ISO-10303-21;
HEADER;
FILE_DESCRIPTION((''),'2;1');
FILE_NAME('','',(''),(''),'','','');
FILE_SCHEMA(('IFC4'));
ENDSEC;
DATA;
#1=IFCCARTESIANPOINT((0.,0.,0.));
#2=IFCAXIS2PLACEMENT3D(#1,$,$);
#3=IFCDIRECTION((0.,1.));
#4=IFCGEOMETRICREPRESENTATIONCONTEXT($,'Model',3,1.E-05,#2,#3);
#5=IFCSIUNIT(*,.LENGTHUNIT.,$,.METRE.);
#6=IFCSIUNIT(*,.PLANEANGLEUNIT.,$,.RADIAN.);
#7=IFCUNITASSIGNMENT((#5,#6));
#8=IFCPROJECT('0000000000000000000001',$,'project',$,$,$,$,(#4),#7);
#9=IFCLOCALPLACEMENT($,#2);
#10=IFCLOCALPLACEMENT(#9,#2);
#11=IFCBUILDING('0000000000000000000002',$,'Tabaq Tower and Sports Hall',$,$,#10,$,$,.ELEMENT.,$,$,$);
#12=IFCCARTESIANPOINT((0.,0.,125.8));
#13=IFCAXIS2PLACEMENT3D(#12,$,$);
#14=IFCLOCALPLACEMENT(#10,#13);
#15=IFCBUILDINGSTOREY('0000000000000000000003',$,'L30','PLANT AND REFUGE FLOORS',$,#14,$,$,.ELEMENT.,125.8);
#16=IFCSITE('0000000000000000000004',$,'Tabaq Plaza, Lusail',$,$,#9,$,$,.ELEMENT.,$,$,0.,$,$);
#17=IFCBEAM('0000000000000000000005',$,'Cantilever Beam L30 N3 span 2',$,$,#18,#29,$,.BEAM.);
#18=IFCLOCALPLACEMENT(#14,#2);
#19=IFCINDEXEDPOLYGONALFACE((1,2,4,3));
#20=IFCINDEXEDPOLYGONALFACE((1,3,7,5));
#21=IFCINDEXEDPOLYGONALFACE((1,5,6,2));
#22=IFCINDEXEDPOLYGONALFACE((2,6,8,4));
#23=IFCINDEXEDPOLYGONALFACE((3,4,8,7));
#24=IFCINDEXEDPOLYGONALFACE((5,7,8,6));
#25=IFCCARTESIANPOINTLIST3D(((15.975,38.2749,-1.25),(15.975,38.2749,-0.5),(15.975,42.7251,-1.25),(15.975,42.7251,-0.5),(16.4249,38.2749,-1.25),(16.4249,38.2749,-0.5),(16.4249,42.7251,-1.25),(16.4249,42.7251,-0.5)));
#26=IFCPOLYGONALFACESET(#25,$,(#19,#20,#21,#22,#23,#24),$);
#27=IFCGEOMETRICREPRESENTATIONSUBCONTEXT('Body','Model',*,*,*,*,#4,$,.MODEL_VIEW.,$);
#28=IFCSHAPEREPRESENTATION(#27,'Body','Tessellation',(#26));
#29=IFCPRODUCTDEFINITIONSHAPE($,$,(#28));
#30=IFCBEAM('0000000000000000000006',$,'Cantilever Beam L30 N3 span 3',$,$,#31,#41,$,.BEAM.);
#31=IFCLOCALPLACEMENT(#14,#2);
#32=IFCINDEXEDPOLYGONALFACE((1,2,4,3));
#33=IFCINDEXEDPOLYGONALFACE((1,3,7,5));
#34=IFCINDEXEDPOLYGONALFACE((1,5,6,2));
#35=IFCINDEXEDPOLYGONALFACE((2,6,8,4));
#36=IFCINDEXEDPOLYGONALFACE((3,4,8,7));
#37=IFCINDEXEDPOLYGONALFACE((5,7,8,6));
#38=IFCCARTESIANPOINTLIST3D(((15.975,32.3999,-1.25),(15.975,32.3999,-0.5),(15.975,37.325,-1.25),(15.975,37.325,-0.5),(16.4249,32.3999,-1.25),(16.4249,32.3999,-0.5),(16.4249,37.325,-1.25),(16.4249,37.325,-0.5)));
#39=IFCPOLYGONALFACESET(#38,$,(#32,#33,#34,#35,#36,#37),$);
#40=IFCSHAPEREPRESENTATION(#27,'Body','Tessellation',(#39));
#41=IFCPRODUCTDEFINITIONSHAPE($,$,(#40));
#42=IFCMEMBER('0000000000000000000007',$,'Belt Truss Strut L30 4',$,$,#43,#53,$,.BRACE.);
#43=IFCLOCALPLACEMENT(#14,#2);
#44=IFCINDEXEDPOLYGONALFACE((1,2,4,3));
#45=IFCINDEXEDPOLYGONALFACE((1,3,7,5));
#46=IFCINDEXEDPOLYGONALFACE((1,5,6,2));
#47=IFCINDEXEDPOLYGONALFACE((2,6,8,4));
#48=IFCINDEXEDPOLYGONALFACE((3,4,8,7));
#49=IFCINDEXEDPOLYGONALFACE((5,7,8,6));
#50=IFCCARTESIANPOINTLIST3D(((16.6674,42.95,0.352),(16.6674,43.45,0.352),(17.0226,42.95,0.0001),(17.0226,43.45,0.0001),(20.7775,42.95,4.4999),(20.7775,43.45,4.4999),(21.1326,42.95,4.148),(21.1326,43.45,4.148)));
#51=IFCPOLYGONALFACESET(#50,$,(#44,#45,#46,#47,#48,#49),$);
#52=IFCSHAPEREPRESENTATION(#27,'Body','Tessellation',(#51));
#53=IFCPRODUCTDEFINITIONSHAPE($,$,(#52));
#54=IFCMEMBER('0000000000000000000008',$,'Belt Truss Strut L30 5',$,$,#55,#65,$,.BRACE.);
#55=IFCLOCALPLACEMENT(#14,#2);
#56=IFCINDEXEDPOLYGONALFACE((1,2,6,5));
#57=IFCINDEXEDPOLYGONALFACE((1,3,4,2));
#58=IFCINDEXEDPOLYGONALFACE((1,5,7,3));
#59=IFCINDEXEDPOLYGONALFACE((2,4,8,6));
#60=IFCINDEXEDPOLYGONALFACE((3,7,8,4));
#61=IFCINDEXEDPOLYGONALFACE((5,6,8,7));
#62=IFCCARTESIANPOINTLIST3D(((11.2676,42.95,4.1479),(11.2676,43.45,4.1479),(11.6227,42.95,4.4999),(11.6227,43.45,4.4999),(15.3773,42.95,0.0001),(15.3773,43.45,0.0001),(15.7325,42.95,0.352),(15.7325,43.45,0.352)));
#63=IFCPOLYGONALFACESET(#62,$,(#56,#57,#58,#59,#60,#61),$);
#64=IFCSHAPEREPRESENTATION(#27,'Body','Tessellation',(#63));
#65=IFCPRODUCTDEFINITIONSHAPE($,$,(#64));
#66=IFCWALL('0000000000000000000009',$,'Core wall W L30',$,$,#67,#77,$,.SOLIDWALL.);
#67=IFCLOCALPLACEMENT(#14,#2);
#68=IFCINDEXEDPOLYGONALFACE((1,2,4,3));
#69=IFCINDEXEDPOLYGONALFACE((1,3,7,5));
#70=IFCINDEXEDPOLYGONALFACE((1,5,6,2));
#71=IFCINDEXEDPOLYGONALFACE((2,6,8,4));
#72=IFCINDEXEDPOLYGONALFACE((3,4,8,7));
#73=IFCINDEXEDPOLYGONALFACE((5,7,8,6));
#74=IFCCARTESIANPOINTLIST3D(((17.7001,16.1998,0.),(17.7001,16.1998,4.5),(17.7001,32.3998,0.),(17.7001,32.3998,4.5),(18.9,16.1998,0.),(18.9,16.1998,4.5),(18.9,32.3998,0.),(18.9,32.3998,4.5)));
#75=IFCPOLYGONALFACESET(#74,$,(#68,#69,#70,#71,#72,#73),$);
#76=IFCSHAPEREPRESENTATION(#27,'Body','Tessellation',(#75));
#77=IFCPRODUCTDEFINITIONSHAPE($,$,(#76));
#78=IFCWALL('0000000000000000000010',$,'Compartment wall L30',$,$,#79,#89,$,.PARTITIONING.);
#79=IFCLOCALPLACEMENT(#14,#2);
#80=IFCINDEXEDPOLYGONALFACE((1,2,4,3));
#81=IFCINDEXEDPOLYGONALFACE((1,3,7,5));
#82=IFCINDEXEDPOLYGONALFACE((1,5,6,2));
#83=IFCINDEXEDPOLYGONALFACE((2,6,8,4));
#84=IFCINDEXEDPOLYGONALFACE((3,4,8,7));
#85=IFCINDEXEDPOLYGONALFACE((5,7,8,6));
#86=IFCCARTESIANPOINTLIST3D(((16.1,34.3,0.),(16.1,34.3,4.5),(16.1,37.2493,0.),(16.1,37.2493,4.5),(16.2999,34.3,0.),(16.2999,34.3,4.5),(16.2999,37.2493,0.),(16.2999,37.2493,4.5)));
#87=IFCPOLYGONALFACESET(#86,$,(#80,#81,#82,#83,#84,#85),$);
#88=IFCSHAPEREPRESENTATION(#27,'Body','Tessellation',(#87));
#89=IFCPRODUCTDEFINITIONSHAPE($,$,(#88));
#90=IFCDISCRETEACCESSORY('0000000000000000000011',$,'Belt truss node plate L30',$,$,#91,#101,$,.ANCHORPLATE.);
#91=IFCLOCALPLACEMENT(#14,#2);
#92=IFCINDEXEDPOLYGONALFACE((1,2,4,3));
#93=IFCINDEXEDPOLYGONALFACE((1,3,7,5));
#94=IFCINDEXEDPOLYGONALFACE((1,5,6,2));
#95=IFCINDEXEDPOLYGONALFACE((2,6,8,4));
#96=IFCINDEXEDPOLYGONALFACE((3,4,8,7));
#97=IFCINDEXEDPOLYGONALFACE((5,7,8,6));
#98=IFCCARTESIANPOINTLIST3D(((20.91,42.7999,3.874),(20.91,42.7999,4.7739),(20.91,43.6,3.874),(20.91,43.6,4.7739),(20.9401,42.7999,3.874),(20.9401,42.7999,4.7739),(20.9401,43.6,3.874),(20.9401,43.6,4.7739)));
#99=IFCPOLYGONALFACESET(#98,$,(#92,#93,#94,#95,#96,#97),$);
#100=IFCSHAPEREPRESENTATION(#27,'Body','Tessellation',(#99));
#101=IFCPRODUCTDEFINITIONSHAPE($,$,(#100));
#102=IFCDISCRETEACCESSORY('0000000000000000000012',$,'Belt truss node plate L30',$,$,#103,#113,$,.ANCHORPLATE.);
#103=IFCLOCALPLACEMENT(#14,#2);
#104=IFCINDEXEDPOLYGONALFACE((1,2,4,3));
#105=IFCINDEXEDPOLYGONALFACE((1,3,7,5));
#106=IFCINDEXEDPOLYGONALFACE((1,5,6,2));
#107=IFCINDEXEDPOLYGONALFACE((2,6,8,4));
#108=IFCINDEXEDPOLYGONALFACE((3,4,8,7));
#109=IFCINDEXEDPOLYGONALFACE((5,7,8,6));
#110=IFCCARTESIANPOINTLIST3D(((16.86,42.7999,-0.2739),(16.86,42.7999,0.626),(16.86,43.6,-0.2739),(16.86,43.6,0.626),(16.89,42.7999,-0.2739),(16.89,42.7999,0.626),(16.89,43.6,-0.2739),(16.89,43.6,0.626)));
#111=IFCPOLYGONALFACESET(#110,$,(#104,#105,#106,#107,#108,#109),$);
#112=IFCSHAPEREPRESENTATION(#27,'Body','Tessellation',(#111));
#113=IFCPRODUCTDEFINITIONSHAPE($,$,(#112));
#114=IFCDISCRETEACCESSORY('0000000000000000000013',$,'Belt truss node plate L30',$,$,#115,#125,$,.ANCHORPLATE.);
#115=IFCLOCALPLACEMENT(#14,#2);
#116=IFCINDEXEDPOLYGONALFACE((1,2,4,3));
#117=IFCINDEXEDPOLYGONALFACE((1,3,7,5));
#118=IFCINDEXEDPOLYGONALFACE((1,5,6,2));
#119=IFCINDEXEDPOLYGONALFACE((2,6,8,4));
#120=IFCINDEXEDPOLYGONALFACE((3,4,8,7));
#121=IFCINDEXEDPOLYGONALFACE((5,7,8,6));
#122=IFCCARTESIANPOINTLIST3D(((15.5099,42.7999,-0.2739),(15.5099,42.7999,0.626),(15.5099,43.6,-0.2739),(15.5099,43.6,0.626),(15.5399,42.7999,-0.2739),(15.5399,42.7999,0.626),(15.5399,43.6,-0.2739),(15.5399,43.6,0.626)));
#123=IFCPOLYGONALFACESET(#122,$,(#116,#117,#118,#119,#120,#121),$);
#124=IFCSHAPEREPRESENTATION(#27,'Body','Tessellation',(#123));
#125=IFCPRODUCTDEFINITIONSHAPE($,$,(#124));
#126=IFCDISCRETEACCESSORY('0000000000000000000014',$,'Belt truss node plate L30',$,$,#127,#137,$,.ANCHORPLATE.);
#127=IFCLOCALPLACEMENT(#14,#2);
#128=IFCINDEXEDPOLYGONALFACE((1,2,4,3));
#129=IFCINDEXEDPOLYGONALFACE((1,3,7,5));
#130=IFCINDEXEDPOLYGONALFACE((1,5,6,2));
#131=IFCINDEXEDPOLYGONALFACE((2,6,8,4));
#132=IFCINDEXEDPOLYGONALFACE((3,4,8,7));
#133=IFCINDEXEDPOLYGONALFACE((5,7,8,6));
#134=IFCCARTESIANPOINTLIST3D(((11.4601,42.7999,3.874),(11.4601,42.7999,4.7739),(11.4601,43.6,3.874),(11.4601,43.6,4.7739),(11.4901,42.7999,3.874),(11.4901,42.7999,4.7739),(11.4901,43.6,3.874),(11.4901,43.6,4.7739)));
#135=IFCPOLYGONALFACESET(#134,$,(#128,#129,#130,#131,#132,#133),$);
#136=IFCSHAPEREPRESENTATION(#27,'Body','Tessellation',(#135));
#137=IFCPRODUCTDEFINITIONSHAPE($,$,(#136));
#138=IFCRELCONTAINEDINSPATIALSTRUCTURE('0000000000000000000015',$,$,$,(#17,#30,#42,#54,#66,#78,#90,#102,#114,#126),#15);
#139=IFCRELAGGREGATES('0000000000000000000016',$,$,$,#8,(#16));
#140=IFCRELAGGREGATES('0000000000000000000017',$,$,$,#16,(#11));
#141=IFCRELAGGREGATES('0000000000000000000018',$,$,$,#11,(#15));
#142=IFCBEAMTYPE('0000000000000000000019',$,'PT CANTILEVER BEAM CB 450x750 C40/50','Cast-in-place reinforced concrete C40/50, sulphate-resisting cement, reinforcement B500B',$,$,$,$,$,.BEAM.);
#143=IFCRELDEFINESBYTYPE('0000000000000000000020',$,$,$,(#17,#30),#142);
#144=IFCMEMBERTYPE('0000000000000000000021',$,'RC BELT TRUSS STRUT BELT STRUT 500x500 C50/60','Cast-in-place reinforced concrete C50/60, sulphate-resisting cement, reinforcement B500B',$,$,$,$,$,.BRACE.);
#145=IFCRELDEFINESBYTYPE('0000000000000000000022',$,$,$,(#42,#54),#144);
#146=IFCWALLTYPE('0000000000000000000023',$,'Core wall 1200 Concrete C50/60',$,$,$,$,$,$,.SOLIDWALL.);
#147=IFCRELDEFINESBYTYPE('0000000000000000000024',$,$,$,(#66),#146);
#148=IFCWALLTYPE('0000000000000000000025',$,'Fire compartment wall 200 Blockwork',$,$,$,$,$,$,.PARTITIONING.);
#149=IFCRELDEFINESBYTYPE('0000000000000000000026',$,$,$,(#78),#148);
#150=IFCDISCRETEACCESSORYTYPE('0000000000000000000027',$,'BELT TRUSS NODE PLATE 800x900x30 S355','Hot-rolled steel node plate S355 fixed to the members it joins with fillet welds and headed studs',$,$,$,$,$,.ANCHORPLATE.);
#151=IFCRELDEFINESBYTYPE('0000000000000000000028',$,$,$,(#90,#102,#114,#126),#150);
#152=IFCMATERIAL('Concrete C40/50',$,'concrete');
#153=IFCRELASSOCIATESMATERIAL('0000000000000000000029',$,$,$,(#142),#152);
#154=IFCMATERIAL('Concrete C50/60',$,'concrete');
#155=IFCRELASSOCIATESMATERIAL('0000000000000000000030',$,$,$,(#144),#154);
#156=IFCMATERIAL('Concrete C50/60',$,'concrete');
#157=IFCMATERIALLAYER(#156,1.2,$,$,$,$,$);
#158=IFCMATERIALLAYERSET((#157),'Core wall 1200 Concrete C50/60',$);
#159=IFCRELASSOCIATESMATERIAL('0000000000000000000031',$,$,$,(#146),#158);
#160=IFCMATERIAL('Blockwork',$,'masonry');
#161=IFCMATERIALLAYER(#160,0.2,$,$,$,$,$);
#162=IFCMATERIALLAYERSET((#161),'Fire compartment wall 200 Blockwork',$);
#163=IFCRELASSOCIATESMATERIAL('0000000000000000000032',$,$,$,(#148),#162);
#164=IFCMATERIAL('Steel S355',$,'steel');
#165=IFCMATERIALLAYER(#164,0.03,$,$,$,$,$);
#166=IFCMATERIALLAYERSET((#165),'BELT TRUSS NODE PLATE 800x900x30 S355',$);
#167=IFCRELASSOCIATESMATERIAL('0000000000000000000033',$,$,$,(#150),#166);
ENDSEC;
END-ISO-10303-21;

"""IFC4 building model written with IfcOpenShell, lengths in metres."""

from ifc_helpers import new_model, si_unit, direction, frame, frame_2d, origin, origin_2d, place, context, subcontext, project, spatial, rectangle, extrude, material, layer, layer_set, material_profile, profile_set, type_object, element, save


model = new_model("IFC4")

# Units and contexts
model_context = context("Model", 3, precision=1e-05, world=origin(), true_north=direction((0.0, 1.0)))
body_context = subcontext(model_context, "Body", "Model", "MODEL_VIEW")
ifc_project = project(units=[si_unit("LENGTHUNIT", "METRE"), si_unit("PLANEANGLEUNIT", "RADIAN")], contexts=[model_context])

# Site, building, storey
site_placement = place(None, origin())
site = spatial("IfcSite", under=ifc_project, at=site_placement, Name="Tabaq Plaza, Lusail", CompositionType="ELEMENT", RefElevation=0.0)
building_placement = place(site_placement, origin())
building = spatial("IfcBuilding", under=site, at=building_placement, Name="Tabaq Tower and Sports Hall", CompositionType="ELEMENT")
storey_placement = place(building_placement, frame((0.0, 0.0, 125.8)))
storey = spatial("IfcBuildingStorey", under=building, at=storey_placement, Name="L30", Description="PLANT AND REFUGE FLOORS", CompositionType="ELEMENT", Elevation=125.8)

# Beams
ifc_material_1 = material(Name="Concrete C40/50", Category="concrete")
ifc_material_profile_1 = material_profile(ifc_material_1, rectangle(XDim=0.45, YDim=0.75, at=origin_2d()), Name="CB 450x750")
ifc_profile_set_1 = profile_set([ifc_material_profile_1], Name="Concrete C40/50")
beam_type = type_object("IfcBeamType", Name="PT CANTILEVER BEAM CB 450x750 C40/50", Description="Cast-in-place reinforced concrete C40/50, sulphate-resisting cement, reinforcement B500B", PredefinedType="BEAM", material=ifc_profile_set_1)
beam_1_placement = place(storey_placement, frame((16.2, 42.7251, -0.875), z_axis=(0.0, -1.0, 0.0), x_axis=(1.0, 0.0, 0.0)))
element("IfcBeam", 1, at=beam_1_placement, inside=storey, type_object=beam_type, Name="Cantilever Beam L30 N3 span 2", PredefinedType="BEAM", context=body_context, shape_type="SweptSolid", body=[
    extrude(rectangle(XDim=0.45, YDim=0.75, at=origin_2d()), origin(), (0.0, 0.0, 1.0), 4.4502),
])
beam_2_placement = place(storey_placement, frame((16.2, 37.325, -0.875), z_axis=(0.0, -1.0, 0.0), x_axis=(1.0, 0.0, 0.0)))
element("IfcBeam", 2, at=beam_2_placement, inside=storey, type_object=beam_type, Name="Cantilever Beam L30 N3 span 3", PredefinedType="BEAM", context=body_context, shape_type="SweptSolid", body=[
    extrude(rectangle(XDim=0.45, YDim=0.75, at=origin_2d()), origin(), (0.0, 0.0, 1.0), 4.925),
])

# Members
ifc_material_2 = material(Name="Concrete C50/60", Category="concrete")
ifc_material_profile_2 = material_profile(ifc_material_2, rectangle(XDim=0.5, YDim=0.5, at=origin_2d()), Name="BELT STRUT 500x500")
ifc_profile_set_2 = profile_set([ifc_material_profile_2], Name="Concrete C50/60")
member_type_1 = type_object("IfcMemberType", Name="RC BELT TRUSS STRUT BELT STRUT 500x500 C50/60", Description="Cast-in-place reinforced concrete C50/60, sulphate-resisting cement, reinforcement B500B", PredefinedType="BRACE", material=ifc_profile_set_2)
member_1_placement = place(storey_placement, frame((16.845, 43.2, 0.176), z_axis=(0.703859, 0.0, 0.71034), x_axis=(0.0, 1.0, 0.0)))
element("IfcMember", 3, at=member_1_placement, inside=storey, type_object=member_type_1, Name="Belt Truss Strut L30 4", PredefinedType="BRACE", context=body_context, shape_type="SweptSolid", body=[
    extrude(rectangle(XDim=0.5, YDim=0.5, at=origin_2d()), origin(), (0.0, 0.0, 1.0), 5.8394),
])
member_2_placement = place(storey_placement, frame((15.5549, 43.2, 0.176), z_axis=(-0.703838, 0.0, 0.71036), x_axis=(0.0, -1.0, 0.0)))
element("IfcMember", 4, at=member_2_placement, inside=storey, type_object=member_type_1, Name="Belt Truss Strut L30 5", PredefinedType="BRACE", context=body_context, shape_type="SweptSolid", body=[
    extrude(rectangle(XDim=0.5, YDim=0.5, at=origin_2d()), origin(), (0.0, 0.0, 1.0), 5.8391),
])

# Wall
ifc_material_3 = material(Name="Concrete C50/60", Category="concrete")
ifc_layer_1 = layer(ifc_material_3, 1.2)
ifc_layer_set_1 = layer_set([ifc_layer_1], Name="Core wall 1200 Concrete C50/60")
wall_type_1 = type_object("IfcWallType", Name="Core wall 1200 Concrete C50/60", PredefinedType="SOLIDWALL", material=ifc_layer_set_1)
wall_1_placement = place(storey_placement, frame((18.3, 32.3999, 0.0), z_axis=(0.0, 0.0, 1.0), x_axis=(0.0, -1.0, 0.0)))
element("IfcWall", 5, at=wall_1_placement, inside=storey, type_object=wall_type_1, Name="Core wall W L30", PredefinedType="SOLIDWALL", context=body_context, shape_type="SweptSolid", body=[
    extrude(rectangle(XDim=16.2, YDim=1.2, at=frame_2d((8.1001, 0.0))), origin(), (0.0, 0.0, 1.0), 4.5),
])

# Shared definitions
ifc_material_4 = material(Name="Blockwork", Category="masonry")
ifc_layer_2 = layer(ifc_material_4, 0.2)
ifc_layer_set_2 = layer_set([ifc_layer_2], Name="Fire compartment wall 200 Blockwork")
wall_type_2 = type_object("IfcWallType", Name="Fire compartment wall 200 Blockwork", PredefinedType="PARTITIONING", material=ifc_layer_set_2)

# Wall
wall_2_placement = place(storey_placement, frame((16.2, 37.2493, 0.0), z_axis=(0.0, 0.0, 1.0), x_axis=(0.0, -1.0, 0.0)))
element("IfcWall", 6, at=wall_2_placement, inside=storey, type_object=wall_type_2, Name="Compartment wall L30", PredefinedType="PARTITIONING", context=body_context, shape_type="SweptSolid", body=[
    extrude(rectangle(XDim=2.9492, YDim=0.2, at=frame_2d((1.4746, 0.0))), origin(), (0.0, 0.0, 1.0), 4.5),
])

# Discrete accessories
ifc_material_5 = material(Name="Steel S355", Category="steel")
ifc_layer_3 = layer(ifc_material_5, 0.03)
ifc_layer_set_3 = layer_set([ifc_layer_3], Name="BELT TRUSS NODE PLATE 800x900x30 S355")
discrete_accessory_type = type_object("IfcDiscreteAccessoryType", Name="BELT TRUSS NODE PLATE 800x900x30 S355", Description="Hot-rolled steel node plate S355 fixed to the members it joins with fillet welds and headed studs", PredefinedType="ANCHORPLATE", material=ifc_layer_set_3)
for number, where, z_axis, x_axis, name in (
    (7, (20.925, 43.2, 3.874), (0.0, 0.0, 1.0), (-1.0, 0.0, 0.0), "Belt truss node plate L30"),
    (8, (16.875, 43.2, -0.2739), (0.0, 0.0, 1.0), (-1.0, 0.0, 0.0), "Belt truss node plate L30"),
    (9, (15.5249, 43.2, -0.2739), (0.0, 0.0, 1.0), (-1.0, 0.0, 0.0), "Belt truss node plate L30"),
    (10, (11.4751, 43.2, 3.874), (0.0, 0.0, 1.0), (-1.0, 0.0, 0.0), "Belt truss node plate L30"),
):
    element("IfcDiscreteAccessory", number, at=place(storey_placement, frame(where, z_axis=z_axis, x_axis=x_axis)), inside=storey, type_object=discrete_accessory_type, Name=name, PredefinedType="ANCHORPLATE", context=body_context, shape_type="SweptSolid", body=[
        extrude(rectangle(XDim=0.03, YDim=0.8, at=origin_2d()), origin(), (0.0, 0.0, 1.0), 0.8999),
    ])

save(model, "model.ifc")
